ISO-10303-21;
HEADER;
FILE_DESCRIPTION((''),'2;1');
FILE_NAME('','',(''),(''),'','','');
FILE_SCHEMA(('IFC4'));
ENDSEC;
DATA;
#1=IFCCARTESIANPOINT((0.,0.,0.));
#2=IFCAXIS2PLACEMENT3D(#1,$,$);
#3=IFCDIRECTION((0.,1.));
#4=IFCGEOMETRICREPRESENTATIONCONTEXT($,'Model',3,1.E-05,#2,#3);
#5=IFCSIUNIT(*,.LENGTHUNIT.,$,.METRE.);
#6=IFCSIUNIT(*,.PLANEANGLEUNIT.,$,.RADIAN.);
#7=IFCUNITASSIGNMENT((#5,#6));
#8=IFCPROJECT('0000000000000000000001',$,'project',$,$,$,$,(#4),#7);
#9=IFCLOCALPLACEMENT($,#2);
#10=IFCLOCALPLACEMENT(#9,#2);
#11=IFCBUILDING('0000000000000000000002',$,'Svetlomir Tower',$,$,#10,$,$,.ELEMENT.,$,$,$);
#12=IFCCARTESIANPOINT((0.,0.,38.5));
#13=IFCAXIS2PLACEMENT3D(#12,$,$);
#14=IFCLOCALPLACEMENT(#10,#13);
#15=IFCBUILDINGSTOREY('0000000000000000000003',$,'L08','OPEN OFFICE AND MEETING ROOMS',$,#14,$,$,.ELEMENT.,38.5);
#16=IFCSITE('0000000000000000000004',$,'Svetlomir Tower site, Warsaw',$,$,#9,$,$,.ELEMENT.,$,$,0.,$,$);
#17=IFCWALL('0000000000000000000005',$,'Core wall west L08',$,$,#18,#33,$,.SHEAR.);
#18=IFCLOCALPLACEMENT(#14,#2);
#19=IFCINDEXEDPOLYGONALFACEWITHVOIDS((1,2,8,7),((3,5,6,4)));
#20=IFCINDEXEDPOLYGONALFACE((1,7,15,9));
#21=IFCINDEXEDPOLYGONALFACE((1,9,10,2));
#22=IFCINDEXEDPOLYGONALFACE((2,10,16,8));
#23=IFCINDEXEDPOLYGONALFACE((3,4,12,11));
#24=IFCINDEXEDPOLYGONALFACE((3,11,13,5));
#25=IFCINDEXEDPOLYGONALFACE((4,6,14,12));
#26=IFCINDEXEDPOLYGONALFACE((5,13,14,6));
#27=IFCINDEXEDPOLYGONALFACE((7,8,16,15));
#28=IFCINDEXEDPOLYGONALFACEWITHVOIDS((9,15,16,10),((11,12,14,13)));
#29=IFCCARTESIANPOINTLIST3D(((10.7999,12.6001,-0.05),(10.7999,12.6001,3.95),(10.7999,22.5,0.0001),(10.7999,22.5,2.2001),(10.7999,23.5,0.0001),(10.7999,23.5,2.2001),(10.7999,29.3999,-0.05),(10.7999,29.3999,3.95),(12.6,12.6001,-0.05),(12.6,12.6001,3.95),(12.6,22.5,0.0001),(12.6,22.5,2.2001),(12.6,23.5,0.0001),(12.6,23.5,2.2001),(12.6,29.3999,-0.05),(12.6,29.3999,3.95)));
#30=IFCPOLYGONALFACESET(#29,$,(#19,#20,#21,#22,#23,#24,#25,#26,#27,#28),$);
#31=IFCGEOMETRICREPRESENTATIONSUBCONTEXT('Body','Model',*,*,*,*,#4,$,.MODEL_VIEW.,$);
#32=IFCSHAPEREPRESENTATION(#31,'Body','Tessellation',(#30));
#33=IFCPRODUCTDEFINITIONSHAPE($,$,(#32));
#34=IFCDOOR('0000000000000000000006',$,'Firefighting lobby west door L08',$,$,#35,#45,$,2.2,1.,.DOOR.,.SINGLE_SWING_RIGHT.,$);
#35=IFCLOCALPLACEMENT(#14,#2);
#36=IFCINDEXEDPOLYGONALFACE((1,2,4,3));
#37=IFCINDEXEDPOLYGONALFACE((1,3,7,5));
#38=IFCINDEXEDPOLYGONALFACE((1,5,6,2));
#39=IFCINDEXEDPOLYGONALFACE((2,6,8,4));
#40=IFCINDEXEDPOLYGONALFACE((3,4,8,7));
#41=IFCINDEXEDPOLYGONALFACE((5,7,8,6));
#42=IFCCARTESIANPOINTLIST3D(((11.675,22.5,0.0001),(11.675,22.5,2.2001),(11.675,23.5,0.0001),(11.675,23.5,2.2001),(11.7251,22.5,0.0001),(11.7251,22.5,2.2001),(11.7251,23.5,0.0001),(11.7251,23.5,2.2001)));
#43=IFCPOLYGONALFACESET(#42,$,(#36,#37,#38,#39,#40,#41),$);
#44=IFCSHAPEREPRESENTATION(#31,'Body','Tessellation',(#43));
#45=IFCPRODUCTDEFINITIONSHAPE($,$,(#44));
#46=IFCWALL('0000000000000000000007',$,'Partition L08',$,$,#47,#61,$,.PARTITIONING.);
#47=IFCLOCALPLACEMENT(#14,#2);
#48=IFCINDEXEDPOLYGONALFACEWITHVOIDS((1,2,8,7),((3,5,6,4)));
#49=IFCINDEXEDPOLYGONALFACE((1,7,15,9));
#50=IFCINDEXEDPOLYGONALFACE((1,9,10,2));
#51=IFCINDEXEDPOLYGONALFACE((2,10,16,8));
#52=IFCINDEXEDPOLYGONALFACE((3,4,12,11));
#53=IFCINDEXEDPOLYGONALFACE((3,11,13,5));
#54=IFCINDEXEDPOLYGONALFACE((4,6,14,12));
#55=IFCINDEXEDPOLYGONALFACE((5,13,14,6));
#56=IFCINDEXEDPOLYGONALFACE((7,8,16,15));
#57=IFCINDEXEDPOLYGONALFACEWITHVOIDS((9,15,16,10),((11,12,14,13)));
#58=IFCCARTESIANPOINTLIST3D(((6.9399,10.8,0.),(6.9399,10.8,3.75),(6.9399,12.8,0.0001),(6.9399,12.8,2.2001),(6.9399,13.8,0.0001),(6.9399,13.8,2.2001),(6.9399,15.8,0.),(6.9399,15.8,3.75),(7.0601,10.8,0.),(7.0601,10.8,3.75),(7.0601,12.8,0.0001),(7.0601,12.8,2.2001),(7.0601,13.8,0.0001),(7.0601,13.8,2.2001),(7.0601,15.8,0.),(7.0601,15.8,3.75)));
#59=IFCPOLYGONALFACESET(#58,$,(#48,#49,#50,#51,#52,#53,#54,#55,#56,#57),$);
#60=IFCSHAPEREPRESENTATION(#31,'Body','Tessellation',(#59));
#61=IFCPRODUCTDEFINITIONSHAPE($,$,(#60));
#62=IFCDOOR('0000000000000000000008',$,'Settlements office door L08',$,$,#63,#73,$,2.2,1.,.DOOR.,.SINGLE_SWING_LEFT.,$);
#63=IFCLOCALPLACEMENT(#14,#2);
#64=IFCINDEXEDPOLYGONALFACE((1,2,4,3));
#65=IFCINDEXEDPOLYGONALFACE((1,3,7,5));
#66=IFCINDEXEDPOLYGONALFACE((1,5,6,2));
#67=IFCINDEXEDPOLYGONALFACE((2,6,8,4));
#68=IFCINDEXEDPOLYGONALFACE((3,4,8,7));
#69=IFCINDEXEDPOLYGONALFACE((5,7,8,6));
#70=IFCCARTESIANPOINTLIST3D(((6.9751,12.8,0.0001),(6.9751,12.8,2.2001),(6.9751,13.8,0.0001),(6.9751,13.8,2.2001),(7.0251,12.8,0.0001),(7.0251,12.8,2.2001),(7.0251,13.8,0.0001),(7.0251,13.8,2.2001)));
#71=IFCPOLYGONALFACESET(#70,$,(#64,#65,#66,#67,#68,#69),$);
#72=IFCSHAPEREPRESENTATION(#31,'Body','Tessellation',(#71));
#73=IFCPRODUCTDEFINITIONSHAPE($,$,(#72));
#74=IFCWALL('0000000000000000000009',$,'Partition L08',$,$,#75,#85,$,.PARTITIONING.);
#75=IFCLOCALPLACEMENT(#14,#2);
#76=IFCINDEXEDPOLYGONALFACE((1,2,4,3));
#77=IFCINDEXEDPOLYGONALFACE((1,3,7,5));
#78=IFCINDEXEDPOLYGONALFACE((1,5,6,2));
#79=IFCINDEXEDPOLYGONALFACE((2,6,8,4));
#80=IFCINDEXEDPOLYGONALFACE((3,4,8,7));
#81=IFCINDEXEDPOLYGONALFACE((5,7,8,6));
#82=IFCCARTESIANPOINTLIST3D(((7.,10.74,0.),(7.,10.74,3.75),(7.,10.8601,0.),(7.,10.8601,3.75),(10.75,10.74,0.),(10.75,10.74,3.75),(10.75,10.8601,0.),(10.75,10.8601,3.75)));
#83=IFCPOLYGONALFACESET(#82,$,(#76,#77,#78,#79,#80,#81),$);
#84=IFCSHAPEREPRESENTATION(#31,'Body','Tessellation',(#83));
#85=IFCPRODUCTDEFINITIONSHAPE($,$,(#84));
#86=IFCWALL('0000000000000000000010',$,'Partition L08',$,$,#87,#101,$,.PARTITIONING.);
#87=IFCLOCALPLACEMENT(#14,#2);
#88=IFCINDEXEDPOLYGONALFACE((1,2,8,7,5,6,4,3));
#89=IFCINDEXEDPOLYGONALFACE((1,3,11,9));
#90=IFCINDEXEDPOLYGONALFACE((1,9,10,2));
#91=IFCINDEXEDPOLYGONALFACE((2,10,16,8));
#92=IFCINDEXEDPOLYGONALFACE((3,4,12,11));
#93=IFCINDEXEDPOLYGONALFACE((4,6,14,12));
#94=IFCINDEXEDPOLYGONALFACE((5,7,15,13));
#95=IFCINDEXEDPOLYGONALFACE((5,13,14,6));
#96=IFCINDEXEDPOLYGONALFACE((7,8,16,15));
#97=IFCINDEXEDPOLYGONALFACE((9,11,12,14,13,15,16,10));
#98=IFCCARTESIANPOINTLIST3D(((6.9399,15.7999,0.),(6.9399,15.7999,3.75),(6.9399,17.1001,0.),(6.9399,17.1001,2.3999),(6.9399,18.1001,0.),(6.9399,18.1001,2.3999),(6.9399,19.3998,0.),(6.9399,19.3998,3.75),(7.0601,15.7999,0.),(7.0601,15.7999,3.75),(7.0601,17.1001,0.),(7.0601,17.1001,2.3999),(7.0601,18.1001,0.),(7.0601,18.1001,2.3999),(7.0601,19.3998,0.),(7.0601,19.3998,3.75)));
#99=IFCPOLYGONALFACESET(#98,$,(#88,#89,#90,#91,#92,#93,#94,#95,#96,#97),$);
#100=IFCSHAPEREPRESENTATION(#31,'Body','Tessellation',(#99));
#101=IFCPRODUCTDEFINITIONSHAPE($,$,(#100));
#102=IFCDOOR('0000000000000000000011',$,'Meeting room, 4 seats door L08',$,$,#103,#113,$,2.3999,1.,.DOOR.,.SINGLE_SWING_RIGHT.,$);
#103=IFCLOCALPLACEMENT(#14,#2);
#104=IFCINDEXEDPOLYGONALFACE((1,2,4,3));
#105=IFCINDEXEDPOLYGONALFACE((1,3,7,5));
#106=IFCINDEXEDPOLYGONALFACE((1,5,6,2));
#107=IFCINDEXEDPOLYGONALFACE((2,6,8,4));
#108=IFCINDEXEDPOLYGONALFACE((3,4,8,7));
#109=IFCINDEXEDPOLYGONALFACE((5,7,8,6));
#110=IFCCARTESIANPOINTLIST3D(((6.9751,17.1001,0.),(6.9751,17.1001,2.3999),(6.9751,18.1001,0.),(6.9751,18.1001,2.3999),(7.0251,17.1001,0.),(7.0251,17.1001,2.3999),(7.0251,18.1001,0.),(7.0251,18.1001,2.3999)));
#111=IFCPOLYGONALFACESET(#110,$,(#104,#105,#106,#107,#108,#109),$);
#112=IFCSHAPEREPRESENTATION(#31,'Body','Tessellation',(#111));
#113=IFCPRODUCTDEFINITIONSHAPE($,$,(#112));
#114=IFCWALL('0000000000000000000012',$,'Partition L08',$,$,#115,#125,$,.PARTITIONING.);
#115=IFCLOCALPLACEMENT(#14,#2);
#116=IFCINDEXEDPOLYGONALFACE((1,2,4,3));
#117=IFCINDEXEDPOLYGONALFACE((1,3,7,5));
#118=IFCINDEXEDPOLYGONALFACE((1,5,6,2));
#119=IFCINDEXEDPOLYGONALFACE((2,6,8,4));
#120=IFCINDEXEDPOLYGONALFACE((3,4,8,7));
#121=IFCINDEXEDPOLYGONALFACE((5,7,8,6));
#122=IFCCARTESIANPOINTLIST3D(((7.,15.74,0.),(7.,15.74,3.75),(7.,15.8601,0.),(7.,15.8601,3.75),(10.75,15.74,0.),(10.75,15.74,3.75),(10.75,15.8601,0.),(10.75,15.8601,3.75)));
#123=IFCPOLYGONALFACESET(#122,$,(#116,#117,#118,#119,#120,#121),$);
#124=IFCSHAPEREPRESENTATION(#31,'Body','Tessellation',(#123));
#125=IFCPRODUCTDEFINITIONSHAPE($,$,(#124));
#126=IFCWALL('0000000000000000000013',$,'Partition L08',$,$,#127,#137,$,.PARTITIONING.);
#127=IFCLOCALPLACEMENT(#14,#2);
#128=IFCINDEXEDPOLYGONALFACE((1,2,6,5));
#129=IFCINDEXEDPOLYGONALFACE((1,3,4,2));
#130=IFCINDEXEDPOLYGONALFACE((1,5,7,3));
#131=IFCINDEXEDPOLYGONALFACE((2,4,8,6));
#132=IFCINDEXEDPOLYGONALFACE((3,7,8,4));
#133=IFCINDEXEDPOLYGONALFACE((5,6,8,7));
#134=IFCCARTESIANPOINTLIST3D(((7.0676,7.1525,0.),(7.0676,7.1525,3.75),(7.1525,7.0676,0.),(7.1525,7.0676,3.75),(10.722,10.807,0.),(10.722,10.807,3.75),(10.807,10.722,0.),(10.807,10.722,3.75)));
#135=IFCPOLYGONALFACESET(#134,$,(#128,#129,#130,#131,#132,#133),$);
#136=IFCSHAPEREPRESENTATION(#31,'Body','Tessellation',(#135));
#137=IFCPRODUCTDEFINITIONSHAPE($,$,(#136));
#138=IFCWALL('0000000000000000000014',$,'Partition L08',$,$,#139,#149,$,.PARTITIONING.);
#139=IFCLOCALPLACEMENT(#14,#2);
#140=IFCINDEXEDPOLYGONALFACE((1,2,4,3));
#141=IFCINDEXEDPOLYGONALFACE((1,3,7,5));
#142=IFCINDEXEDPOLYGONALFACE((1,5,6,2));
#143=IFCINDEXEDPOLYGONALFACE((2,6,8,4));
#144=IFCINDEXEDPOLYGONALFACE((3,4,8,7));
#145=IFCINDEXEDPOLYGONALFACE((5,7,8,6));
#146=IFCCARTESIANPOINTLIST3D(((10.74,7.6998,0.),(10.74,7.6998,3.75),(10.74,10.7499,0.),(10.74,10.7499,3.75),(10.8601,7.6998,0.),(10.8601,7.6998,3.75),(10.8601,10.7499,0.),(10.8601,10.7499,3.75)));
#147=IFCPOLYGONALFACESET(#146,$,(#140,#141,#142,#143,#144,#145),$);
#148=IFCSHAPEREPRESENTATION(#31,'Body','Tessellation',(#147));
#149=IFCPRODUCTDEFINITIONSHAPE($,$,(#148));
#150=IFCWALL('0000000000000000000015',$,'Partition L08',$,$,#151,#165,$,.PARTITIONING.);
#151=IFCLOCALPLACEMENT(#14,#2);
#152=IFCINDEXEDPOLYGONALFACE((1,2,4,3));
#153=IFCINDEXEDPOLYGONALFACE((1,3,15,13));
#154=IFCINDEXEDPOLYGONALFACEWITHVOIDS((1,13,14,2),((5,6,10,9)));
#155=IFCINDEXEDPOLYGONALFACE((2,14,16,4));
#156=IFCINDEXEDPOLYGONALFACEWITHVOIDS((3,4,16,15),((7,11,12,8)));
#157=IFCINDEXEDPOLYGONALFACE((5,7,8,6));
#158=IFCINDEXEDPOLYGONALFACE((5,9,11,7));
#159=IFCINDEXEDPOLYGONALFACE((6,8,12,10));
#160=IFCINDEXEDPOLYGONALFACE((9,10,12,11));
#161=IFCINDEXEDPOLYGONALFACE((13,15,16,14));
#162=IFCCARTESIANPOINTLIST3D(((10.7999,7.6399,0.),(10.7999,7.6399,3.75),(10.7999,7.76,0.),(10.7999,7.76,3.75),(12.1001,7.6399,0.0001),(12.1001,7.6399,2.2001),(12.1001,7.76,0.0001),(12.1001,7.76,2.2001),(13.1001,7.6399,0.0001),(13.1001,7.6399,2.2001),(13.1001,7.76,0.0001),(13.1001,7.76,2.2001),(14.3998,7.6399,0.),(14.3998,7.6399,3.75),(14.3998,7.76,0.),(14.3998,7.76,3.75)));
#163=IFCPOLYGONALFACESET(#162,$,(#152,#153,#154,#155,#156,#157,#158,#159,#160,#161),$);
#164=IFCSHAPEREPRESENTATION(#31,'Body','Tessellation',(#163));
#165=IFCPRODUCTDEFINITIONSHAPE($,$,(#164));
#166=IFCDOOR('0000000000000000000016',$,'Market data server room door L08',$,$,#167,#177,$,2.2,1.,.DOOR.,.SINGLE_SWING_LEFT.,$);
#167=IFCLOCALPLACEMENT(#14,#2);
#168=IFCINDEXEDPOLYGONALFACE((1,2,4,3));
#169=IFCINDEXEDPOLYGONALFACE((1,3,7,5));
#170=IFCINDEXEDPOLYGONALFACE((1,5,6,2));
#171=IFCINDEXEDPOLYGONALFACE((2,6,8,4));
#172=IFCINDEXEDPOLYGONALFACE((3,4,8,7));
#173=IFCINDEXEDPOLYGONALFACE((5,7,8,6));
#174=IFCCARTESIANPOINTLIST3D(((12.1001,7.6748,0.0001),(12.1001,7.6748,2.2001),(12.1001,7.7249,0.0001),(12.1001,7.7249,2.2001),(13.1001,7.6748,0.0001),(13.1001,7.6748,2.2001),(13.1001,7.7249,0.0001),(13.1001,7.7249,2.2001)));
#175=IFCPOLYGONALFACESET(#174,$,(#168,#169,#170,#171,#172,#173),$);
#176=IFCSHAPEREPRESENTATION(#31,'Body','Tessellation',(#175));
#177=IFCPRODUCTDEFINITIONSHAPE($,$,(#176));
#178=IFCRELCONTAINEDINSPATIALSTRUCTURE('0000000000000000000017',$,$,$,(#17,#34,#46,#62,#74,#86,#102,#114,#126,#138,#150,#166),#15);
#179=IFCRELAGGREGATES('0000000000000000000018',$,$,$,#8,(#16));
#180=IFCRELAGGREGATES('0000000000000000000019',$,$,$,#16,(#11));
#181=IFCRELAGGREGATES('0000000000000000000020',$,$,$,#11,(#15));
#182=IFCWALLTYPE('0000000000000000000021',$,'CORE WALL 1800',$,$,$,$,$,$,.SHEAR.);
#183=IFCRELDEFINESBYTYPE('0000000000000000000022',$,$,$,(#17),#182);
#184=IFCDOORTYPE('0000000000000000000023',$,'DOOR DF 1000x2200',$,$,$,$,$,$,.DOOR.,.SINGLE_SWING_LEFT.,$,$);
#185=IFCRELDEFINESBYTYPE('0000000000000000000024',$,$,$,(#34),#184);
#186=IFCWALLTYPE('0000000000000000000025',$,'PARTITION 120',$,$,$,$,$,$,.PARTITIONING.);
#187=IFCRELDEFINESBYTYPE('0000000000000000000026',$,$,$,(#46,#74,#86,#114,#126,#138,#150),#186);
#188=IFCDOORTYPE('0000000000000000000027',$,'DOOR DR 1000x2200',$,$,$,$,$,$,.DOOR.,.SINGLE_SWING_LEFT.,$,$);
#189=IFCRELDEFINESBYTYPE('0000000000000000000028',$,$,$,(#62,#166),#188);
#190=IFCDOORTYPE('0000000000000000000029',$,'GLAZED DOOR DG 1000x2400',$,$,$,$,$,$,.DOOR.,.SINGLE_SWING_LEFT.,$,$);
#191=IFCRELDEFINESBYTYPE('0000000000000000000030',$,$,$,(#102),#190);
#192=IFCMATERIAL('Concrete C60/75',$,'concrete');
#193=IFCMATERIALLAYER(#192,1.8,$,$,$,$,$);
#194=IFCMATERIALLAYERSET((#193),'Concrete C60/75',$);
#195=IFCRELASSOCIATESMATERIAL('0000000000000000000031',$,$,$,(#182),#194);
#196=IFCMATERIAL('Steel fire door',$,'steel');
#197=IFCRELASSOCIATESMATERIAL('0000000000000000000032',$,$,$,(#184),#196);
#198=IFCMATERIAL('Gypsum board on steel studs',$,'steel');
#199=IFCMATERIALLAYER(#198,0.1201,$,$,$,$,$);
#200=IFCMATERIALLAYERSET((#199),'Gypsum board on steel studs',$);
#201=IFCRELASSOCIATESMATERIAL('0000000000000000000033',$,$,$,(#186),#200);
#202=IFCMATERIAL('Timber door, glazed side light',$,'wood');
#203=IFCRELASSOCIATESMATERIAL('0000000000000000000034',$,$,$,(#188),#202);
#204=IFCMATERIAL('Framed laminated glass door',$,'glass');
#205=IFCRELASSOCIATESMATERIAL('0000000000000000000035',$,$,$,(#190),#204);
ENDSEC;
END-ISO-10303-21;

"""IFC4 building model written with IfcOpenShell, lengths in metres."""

from ifc_helpers import new_model, si_unit, direction, frame, frame_2d, origin, place, context, subcontext, project, spatial, rectangle, extrude, material, layer, layer_set, type_object, element, fill, save


model = new_model("IFC4")

# Units and contexts
model_context = context("Model", 3, precision=1e-05, world=origin(), true_north=direction((0.0, 1.0)))
body_context = subcontext(model_context, "Body", "Model", "MODEL_VIEW")
ifc_project = project(units=[si_unit("LENGTHUNIT", "METRE"), si_unit("PLANEANGLEUNIT", "RADIAN")], contexts=[model_context])

# Site, building, storey
site_placement = place(None, origin())
site = spatial("IfcSite", under=ifc_project, at=site_placement, Name="Svetlomir Tower site, Warsaw", CompositionType="ELEMENT", RefElevation=0.0)
building_placement = place(site_placement, origin())
building = spatial("IfcBuilding", under=site, at=building_placement, Name="Svetlomir Tower", CompositionType="ELEMENT")
storey_placement = place(building_placement, frame((0.0, 0.0, 38.5)))
storey = spatial("IfcBuildingStorey", under=building, at=storey_placement, Name="L08", Description="OPEN OFFICE AND MEETING ROOMS", CompositionType="ELEMENT", Elevation=38.5)

# Walls, openings, doors
ifc_material_1 = material(Name="Concrete C60/75", Category="concrete")
ifc_layer_1 = layer(ifc_material_1, 1.8)
ifc_layer_set_1 = layer_set([ifc_layer_1], Name="Concrete C60/75")
wall_type_1 = type_object("IfcWallType", Name="CORE WALL 1800", PredefinedType="SHEAR", material=ifc_layer_set_1)
wall_1_placement = place(storey_placement, frame((11.7, 12.6001, -0.05), z_axis=(0.0, 0.0, 1.0), x_axis=(0.0, 1.0, 0.0)))
wall_1 = element("IfcWall", 1, at=wall_1_placement, inside=storey, type_object=wall_type_1, Name="Core wall west L08", PredefinedType="SHEAR", context=body_context, shape_type="SweptSolid", body=[
    extrude(rectangle(XDim=16.7998, YDim=1.8, at=frame_2d((8.3999, 0.0))), origin(), (0.0, 0.0, 1.0), 4.0),
])
opening_1_placement = place(wall_1_placement, frame((9.8999, 0.0, 0.05)))
opening_1 = element("IfcOpeningElement", 2, at=opening_1_placement, cuts=wall_1, PredefinedType="OPENING", context=body_context, shape_type="SweptSolid", body=[
    extrude(rectangle(XDim=1.0, YDim=2.2, at=frame_2d((0.5, 1.1001))), frame((0.0, 0.9102, 0.0), z_axis=(0.0, -1.0, 0.0), x_axis=(1.0, 0.0, 0.0)), (0.0, 0.0, 1.0), 1.8201),
])
ifc_material_2 = material(Name="Steel fire door", Category="steel")
door_type_1 = type_object("IfcDoorType", Name="DOOR DF 1000x2200", OperationType="SINGLE_SWING_LEFT", PredefinedType="DOOR", material=ifc_material_2)
door_1_placement = place(opening_1_placement, origin())
door_1 = element("IfcDoor", 3, at=door_1_placement, inside=storey, type_object=door_type_1, Name="Firefighting lobby west door L08", OperationType="SINGLE_SWING_RIGHT", OverallHeight=2.2, OverallWidth=1.0, PredefinedType="DOOR", context=body_context, shape_type="SweptSolid", body=[
    extrude(rectangle(XDim=1.0, YDim=2.2, at=frame_2d((0.5, 1.1001))), frame((0.0, 0.0249, 0.0), z_axis=(0.0, -1.0, 0.0), x_axis=(1.0, 0.0, 0.0)), (0.0, 0.0, 1.0), 0.05),
])
fill(opening_1, door_1)
ifc_material_3 = material(Name="Gypsum board on steel studs", Category="steel")
ifc_layer_2 = layer(ifc_material_3, 0.1201)
ifc_layer_set_2 = layer_set([ifc_layer_2], Name="Gypsum board on steel studs")
wall_type_2 = type_object("IfcWallType", Name="PARTITION 120", PredefinedType="PARTITIONING", material=ifc_layer_set_2)
wall_2_placement = place(storey_placement, frame((7.0, 10.8, 0.0), z_axis=(0.0, 0.0, 1.0), x_axis=(0.0, 1.0, 0.0)))
wall_2 = element("IfcWall", 4, at=wall_2_placement, inside=storey, type_object=wall_type_2, Name="Partition L08", PredefinedType="PARTITIONING", context=body_context, shape_type="SweptSolid", body=[
    extrude(rectangle(XDim=5.0, YDim=0.1201, at=frame_2d((2.5, 0.0))), origin(), (0.0, 0.0, 1.0), 3.75),
])
opening_2_placement = place(wall_2_placement, frame((2.0, 0.0, 0.0)))
opening_2 = element("IfcOpeningElement", 5, at=opening_2_placement, cuts=wall_2, PredefinedType="OPENING", context=body_context, shape_type="SweptSolid", body=[
    extrude(rectangle(XDim=1.0, YDim=2.2, at=frame_2d((0.5, 1.1001))), frame((0.0, 0.0701, 0.0), z_axis=(0.0, -1.0, 0.0), x_axis=(1.0, 0.0, 0.0)), (0.0, 0.0, 1.0), 0.1401),
])
ifc_material_4 = material(Name="Timber door, glazed side light", Category="wood")
door_type_2 = type_object("IfcDoorType", Name="DOOR DR 1000x2200", OperationType="SINGLE_SWING_LEFT", PredefinedType="DOOR", material=ifc_material_4)
door_2_placement = place(opening_2_placement, origin())
door_2 = element("IfcDoor", 6, at=door_2_placement, inside=storey, type_object=door_type_2, Name="Settlements office door L08", OperationType="SINGLE_SWING_LEFT", OverallHeight=2.2, OverallWidth=1.0, PredefinedType="DOOR", context=body_context, shape_type="SweptSolid", body=[
    extrude(rectangle(XDim=1.0, YDim=2.2, at=frame_2d((0.5, 1.1001))), frame((0.0, 0.0249, 0.0), z_axis=(0.0, -1.0, 0.0), x_axis=(1.0, 0.0, 0.0)), (0.0, 0.0, 1.0), 0.05),
])
fill(opening_2, door_2)

# Wall
wall_3_placement = place(storey_placement, frame((7.0, 10.8, 0.0), z_axis=(0.0, 0.0, 1.0), x_axis=(1.0, 0.0, 0.0)))
element("IfcWall", 7, at=wall_3_placement, inside=storey, type_object=wall_type_2, Name="Partition L08", PredefinedType="PARTITIONING", context=body_context, shape_type="SweptSolid", body=[
    extrude(rectangle(XDim=3.75, YDim=0.1201, at=frame_2d((1.875, 0.0))), origin(), (0.0, 0.0, 1.0), 3.75),
])

# Wall, opening, door
wall_4_placement = place(storey_placement, frame((7.0, 15.8, 0.0), z_axis=(0.0, 0.0, 1.0), x_axis=(0.0, 1.0, 0.0)))
wall_4 = element("IfcWall", 8, at=wall_4_placement, inside=storey, type_object=wall_type_2, Name="Partition L08", PredefinedType="PARTITIONING", context=body_context, shape_type="SweptSolid", body=[
    extrude(rectangle(XDim=3.5999, YDim=0.1201, at=frame_2d((1.7998, 0.0))), origin(), (0.0, 0.0, 1.0), 3.75),
])
opening_3_placement = place(wall_4_placement, frame((1.3, 0.0, 0.0)))
opening_3 = element("IfcOpeningElement", 9, at=opening_3_placement, cuts=wall_4, PredefinedType="OPENING", context=body_context, shape_type="SweptSolid", body=[
    extrude(rectangle(XDim=1.0, YDim=2.3999, at=frame_2d((0.5, 1.2))), frame((0.0, 0.0701, 0.0), z_axis=(0.0, -1.0, 0.0), x_axis=(1.0, 0.0, 0.0)), (0.0, 0.0, 1.0), 0.1401),
])
ifc_material_5 = material(Name="Framed laminated glass door", Category="glass")
door_type_3 = type_object("IfcDoorType", Name="GLAZED DOOR DG 1000x2400", OperationType="SINGLE_SWING_LEFT", PredefinedType="DOOR", material=ifc_material_5)
door_3_placement = place(opening_3_placement, origin())
door_3 = element("IfcDoor", 10, at=door_3_placement, inside=storey, type_object=door_type_3, Name="Meeting room, 4 seats door L08", OperationType="SINGLE_SWING_RIGHT", OverallHeight=2.3999, OverallWidth=1.0, PredefinedType="DOOR", context=body_context, shape_type="SweptSolid", body=[
    extrude(rectangle(XDim=1.0, YDim=2.3999, at=frame_2d((0.5, 1.2))), frame((0.0, 0.0249, 0.0), z_axis=(0.0, -1.0, 0.0), x_axis=(1.0, 0.0, 0.0)), (0.0, 0.0, 1.0), 0.05),
])
fill(opening_3, door_3)

# Walls
wall_5_placement = place(storey_placement, frame((7.0, 15.8, 0.0), z_axis=(0.0, 0.0, 1.0), x_axis=(1.0, 0.0, 0.0)))
element("IfcWall", 11, at=wall_5_placement, inside=storey, type_object=wall_type_2, Name="Partition L08", PredefinedType="PARTITIONING", context=body_context, shape_type="SweptSolid", body=[
    extrude(rectangle(XDim=3.75, YDim=0.1201, at=frame_2d((1.875, 0.0))), origin(), (0.0, 0.0, 1.0), 3.75),
])
wall_6_placement = place(storey_placement, frame((7.1101, 7.1101, 0.0), z_axis=(0.0, 0.0, 1.0), x_axis=(0.707107, 0.707107, 0.0)))
element("IfcWall", 12, at=wall_6_placement, inside=storey, type_object=wall_type_2, Name="Partition L08", PredefinedType="PARTITIONING", context=body_context, shape_type="SweptSolid", body=[
    extrude(rectangle(XDim=5.1682, YDim=0.1201, at=frame_2d((2.584, 0.0))), origin(), (0.0, 0.0, 1.0), 3.75),
])
wall_7_placement = place(storey_placement, frame((10.8, 7.7, 0.0), z_axis=(0.0, 0.0, 1.0), x_axis=(0.0, 1.0, 0.0)))
element("IfcWall", 13, at=wall_7_placement, inside=storey, type_object=wall_type_2, Name="Partition L08", PredefinedType="PARTITIONING", context=body_context, shape_type="SweptSolid", body=[
    extrude(rectangle(XDim=3.05, YDim=0.1201, at=frame_2d((1.5249, 0.0))), origin(), (0.0, 0.0, 1.0), 3.75),
])

# Wall, opening, door
wall_8_placement = place(storey_placement, frame((10.8, 7.7, 0.0), z_axis=(0.0, 0.0, 1.0), x_axis=(1.0, 0.0, 0.0)))
wall_8 = element("IfcWall", 14, at=wall_8_placement, inside=storey, type_object=wall_type_2, Name="Partition L08", PredefinedType="PARTITIONING", context=body_context, shape_type="SweptSolid", body=[
    extrude(rectangle(XDim=3.5999, YDim=0.1201, at=frame_2d((1.7998, 0.0))), origin(), (0.0, 0.0, 1.0), 3.75),
])
opening_4_placement = place(wall_8_placement, frame((1.3, 0.0, 0.0)))
opening_4 = element("IfcOpeningElement", 15, at=opening_4_placement, cuts=wall_8, PredefinedType="OPENING", context=body_context, shape_type="SweptSolid", body=[
    extrude(rectangle(XDim=1.0, YDim=2.2, at=frame_2d((0.5, 1.1001))), frame((0.0, 0.0701, 0.0), z_axis=(0.0, -1.0, 0.0), x_axis=(1.0, 0.0, 0.0)), (0.0, 0.0, 1.0), 0.1401),
])
door_4_placement = place(opening_4_placement, origin())
door_4 = element("IfcDoor", 16, at=door_4_placement, inside=storey, type_object=door_type_2, Name="Market data server room door L08", OperationType="SINGLE_SWING_LEFT", OverallHeight=2.2, OverallWidth=1.0, PredefinedType="DOOR", context=body_context, shape_type="SweptSolid", body=[
    extrude(rectangle(XDim=1.0, YDim=2.2, at=frame_2d((0.5, 1.1001))), frame((0.0, 0.0249, 0.0), z_axis=(0.0, -1.0, 0.0), x_axis=(1.0, 0.0, 0.0)), (0.0, 0.0, 1.0), 0.05),
])
fill(opening_4, door_4)

save(model, "model.ifc")
